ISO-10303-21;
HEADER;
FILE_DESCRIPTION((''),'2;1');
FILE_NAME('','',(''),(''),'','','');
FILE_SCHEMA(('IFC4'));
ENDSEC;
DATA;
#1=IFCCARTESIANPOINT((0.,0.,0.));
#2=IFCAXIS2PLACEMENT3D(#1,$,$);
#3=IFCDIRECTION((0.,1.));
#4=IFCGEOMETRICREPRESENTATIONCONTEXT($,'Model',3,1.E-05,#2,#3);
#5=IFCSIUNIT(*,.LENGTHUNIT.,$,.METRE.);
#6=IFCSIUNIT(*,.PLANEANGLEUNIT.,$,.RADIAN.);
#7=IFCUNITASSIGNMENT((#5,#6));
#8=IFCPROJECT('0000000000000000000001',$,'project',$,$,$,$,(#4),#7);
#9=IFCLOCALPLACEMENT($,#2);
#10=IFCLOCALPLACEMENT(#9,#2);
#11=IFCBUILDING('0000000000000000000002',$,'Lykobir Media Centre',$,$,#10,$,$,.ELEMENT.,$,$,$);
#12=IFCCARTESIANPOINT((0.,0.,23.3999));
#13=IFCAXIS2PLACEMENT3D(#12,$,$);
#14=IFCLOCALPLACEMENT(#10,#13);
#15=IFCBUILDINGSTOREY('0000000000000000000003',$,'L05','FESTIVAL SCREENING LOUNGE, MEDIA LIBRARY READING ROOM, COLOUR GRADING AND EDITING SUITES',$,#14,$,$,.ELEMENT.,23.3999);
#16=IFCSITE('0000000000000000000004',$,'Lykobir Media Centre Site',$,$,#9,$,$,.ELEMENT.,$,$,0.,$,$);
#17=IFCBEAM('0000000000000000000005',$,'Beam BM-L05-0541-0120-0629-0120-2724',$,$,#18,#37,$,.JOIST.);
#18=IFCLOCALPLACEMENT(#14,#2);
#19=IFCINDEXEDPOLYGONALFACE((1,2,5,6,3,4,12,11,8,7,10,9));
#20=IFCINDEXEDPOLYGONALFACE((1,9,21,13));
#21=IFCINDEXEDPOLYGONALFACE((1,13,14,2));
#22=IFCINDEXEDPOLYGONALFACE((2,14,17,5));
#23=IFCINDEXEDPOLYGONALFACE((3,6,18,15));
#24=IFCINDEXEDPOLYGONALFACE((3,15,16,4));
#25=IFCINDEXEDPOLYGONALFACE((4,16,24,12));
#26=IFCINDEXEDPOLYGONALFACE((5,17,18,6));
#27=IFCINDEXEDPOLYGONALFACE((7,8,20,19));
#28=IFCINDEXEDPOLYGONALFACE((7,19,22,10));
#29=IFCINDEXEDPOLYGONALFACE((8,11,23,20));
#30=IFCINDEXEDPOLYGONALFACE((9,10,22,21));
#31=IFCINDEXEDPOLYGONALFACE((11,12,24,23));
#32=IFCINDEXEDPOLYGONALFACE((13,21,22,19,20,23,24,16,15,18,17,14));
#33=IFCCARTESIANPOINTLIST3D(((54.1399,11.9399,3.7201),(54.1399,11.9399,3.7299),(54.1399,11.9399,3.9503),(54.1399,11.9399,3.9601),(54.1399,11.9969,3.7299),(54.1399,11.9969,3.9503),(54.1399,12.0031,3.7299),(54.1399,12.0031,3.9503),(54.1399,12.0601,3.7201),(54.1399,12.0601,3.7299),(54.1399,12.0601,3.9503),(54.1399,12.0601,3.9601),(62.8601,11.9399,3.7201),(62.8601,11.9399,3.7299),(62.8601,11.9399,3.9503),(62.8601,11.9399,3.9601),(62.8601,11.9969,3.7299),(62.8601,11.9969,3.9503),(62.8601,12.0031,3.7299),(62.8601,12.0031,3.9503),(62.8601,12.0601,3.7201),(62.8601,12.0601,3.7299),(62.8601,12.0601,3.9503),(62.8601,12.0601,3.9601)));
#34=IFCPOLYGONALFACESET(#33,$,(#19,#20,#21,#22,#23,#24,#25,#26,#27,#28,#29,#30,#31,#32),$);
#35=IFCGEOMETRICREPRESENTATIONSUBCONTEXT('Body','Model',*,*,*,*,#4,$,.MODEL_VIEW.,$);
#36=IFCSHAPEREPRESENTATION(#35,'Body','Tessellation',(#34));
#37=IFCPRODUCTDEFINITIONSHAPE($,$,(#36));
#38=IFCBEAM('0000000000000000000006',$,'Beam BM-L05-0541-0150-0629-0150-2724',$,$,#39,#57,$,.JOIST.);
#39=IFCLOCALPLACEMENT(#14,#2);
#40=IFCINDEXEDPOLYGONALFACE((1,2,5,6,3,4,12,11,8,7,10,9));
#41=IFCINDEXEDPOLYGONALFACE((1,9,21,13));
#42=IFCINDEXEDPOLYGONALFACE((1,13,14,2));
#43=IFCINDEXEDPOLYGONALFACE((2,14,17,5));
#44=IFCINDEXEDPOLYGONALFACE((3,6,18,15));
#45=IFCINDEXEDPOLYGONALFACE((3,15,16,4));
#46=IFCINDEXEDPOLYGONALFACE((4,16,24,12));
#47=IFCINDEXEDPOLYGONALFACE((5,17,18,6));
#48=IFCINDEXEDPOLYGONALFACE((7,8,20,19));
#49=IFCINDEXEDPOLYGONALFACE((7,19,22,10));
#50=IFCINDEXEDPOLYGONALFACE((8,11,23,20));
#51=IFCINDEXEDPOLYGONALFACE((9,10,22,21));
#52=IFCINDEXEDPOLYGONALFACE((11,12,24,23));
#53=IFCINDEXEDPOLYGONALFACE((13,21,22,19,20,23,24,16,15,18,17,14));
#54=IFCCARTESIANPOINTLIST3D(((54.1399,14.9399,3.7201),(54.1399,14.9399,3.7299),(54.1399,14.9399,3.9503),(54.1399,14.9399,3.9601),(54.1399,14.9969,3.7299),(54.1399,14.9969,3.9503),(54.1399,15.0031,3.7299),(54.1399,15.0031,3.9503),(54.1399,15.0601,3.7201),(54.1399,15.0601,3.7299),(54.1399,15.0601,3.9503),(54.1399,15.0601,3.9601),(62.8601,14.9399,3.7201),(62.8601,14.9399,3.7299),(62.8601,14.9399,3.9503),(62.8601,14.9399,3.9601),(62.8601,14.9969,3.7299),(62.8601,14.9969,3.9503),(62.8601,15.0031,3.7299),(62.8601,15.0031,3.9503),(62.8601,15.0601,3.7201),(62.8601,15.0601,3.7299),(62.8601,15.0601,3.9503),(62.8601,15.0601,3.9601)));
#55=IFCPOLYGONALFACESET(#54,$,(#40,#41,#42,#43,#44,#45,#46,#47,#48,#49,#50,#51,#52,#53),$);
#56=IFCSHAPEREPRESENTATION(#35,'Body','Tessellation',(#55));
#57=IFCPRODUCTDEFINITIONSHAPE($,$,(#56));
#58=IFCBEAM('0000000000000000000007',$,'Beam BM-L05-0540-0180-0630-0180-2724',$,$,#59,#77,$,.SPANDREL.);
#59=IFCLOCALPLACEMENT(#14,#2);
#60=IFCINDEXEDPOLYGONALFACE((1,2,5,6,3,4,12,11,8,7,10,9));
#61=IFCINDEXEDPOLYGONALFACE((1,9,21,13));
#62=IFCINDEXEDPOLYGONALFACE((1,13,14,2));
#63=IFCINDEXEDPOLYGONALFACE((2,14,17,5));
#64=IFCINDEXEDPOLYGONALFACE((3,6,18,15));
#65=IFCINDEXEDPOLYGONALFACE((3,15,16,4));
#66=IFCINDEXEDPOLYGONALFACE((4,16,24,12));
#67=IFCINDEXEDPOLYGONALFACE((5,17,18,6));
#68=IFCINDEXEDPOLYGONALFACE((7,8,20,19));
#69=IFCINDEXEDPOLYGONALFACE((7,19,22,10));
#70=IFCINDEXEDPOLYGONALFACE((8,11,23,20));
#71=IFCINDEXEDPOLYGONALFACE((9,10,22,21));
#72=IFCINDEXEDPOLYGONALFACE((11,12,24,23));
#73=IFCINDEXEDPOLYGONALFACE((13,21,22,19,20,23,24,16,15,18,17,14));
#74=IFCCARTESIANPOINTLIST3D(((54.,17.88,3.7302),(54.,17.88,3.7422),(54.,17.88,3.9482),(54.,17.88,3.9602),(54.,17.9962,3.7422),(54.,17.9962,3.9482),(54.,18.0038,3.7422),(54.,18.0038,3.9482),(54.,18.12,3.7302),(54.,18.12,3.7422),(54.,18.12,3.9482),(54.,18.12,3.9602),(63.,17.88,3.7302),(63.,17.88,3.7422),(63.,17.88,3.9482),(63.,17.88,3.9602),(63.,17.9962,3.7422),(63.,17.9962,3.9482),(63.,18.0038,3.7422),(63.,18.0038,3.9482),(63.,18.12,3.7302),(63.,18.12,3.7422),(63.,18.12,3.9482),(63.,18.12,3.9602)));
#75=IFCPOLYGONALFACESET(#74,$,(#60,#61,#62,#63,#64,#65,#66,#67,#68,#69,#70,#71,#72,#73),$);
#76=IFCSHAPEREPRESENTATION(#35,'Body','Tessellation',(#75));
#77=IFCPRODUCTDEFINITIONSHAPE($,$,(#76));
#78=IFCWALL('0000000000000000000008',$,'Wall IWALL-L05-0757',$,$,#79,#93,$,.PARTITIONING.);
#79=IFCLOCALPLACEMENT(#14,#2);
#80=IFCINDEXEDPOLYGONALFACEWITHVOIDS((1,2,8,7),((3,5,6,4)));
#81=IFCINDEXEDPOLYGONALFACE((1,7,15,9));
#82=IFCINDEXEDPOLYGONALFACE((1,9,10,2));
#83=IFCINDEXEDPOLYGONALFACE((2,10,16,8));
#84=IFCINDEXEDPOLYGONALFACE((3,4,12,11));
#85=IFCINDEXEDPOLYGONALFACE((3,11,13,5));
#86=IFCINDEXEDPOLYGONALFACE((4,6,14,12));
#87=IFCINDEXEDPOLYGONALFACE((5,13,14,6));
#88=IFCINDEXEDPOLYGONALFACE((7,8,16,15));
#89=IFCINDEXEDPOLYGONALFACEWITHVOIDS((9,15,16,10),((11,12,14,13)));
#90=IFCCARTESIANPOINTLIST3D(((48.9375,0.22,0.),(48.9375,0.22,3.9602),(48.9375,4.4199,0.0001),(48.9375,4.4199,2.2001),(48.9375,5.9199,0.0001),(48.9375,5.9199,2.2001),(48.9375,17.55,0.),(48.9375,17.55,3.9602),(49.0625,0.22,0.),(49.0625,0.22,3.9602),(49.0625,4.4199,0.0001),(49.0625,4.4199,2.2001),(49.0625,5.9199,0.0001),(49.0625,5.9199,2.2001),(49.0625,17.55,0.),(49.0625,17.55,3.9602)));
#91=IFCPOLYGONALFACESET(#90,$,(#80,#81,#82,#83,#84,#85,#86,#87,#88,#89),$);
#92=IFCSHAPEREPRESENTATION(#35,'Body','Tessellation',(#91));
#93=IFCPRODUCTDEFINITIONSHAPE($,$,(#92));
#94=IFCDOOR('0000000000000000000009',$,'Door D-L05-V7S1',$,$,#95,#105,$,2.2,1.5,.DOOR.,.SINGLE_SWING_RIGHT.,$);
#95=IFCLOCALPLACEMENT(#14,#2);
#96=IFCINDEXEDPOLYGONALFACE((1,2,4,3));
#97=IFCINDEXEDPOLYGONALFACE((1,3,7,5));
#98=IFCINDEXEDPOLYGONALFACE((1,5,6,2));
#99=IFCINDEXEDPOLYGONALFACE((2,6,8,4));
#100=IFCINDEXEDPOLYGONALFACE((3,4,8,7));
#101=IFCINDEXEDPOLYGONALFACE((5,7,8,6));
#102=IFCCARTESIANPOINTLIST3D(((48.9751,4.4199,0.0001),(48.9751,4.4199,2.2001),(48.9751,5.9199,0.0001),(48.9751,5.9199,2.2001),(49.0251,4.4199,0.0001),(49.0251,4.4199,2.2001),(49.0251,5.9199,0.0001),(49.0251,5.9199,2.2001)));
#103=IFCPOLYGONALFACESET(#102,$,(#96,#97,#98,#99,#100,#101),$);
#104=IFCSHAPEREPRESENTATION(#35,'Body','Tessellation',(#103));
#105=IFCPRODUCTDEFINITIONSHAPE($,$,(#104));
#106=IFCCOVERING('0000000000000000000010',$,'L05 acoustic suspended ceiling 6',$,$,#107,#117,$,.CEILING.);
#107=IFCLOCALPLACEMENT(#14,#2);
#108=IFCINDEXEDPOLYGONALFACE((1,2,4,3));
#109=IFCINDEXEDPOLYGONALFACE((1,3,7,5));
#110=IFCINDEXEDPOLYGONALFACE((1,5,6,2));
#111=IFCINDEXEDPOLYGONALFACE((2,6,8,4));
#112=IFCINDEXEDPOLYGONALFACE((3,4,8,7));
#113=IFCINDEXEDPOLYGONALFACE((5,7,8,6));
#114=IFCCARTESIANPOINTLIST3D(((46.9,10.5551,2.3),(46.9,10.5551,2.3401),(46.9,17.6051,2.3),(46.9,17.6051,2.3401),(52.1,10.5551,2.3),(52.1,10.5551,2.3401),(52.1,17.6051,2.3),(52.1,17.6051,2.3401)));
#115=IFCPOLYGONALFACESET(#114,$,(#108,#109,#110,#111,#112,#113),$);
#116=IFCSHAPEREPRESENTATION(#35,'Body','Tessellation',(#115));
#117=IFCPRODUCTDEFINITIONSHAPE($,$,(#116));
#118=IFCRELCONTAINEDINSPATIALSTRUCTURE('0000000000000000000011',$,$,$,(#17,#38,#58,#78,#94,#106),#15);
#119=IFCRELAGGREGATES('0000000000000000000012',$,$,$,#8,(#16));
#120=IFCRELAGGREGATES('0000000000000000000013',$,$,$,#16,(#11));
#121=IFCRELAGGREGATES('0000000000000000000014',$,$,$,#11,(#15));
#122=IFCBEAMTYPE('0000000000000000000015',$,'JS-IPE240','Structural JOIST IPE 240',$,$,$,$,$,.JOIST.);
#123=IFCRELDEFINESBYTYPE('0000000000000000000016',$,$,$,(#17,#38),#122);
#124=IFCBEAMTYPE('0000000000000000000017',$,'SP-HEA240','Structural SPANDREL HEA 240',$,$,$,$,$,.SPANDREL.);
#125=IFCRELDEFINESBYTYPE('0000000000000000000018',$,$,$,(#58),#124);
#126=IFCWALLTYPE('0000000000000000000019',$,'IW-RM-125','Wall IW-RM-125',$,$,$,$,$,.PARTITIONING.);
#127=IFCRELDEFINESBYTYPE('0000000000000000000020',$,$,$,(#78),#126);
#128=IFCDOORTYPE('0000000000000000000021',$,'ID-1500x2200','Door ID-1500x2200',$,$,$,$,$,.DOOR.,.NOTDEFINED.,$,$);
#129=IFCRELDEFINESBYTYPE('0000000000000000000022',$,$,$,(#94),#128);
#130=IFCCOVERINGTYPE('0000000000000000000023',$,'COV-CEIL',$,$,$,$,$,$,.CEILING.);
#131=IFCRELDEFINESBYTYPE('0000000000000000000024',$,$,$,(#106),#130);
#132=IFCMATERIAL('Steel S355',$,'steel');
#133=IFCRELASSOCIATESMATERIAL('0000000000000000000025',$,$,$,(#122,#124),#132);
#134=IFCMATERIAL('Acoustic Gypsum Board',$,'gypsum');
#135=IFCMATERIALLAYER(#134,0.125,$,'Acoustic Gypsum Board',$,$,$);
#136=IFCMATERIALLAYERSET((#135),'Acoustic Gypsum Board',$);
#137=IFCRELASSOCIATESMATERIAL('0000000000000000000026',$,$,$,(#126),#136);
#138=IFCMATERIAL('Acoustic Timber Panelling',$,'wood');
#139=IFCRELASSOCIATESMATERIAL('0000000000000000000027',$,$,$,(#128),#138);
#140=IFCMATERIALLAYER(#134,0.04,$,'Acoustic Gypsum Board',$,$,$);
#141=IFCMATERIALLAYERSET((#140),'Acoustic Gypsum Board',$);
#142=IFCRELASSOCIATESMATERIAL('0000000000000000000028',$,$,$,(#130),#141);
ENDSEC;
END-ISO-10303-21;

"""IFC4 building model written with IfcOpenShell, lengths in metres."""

from ifc_helpers import new_model, si_unit, direction, frame, frame_2d, origin, origin_2d, place, context, subcontext, project, spatial, rectangle, i_section, extrude, material, layer, layer_set, material_profile, profile_set, type_object, element, fill, save


model = new_model("IFC4")

# Units and contexts
model_context = context("Model", 3, precision=1e-05, world=origin(), true_north=direction((0.0, 1.0)))
body_context = subcontext(model_context, "Body", "Model", "MODEL_VIEW")
ifc_project = project(units=[si_unit("LENGTHUNIT", "METRE"), si_unit("PLANEANGLEUNIT", "RADIAN")], contexts=[model_context])

# Site, building, storey
site_placement = place(None, origin())
site = spatial("IfcSite", under=ifc_project, at=site_placement, Name="Lykobir Media Centre Site", CompositionType="ELEMENT", RefElevation=0.0)
building_placement = place(site_placement, origin())
building = spatial("IfcBuilding", under=site, at=building_placement, Name="Lykobir Media Centre", CompositionType="ELEMENT")
storey_placement = place(building_placement, frame((0.0, 0.0, 23.3999)))
storey = spatial("IfcBuildingStorey", under=building, at=storey_placement, Name="L05", Description="FESTIVAL SCREENING LOUNGE, MEDIA LIBRARY READING ROOM, COLOUR GRADING AND EDITING SUITES", CompositionType="ELEMENT", Elevation=23.3999)

# Shared definitions
ifc_material_1 = material(Name="Steel S355", Category="steel")

# Beams
ifc_material_profile_1 = material_profile(ifc_material_1, i_section(OverallWidth=0.1201, OverallDepth=0.24, WebThickness=0.0061, FlangeThickness=0.0098, at=origin_2d()), Name="IPE 240")
ifc_profile_set_1 = profile_set([ifc_material_profile_1], Name="Steel S355")
beam_type_1 = type_object("IfcBeamType", Name="JS-IPE240", Description="Structural JOIST IPE 240", PredefinedType="JOIST", material=ifc_profile_set_1)
for number, where, z_axis, x_axis, name in (
    (1, (54.1399, 12.0, 3.8401), (1.0, 0.0, 0.0), (0.0, 1.0, 0.0), "Beam BM-L05-0541-0120-0629-0120-2724"),
    (2, (54.1399, 15.0, 3.8401), (1.0, 0.0, 0.0), (0.0, 1.0, 0.0), "Beam BM-L05-0541-0150-0629-0150-2724"),
):
    element("IfcBeam", number, at=place(storey_placement, frame(where, z_axis=z_axis, x_axis=x_axis)), inside=storey, type_object=beam_type_1, Name=name, PredefinedType="JOIST", context=body_context, shape_type="SweptSolid", body=[
        extrude(i_section(OverallWidth=0.1201, OverallDepth=0.24, WebThickness=0.0061, FlangeThickness=0.0098, at=origin_2d()), origin(), (0.0, 0.0, 1.0), 8.7202),
    ])
ifc_material_profile_2 = material_profile(ifc_material_1, i_section(OverallWidth=0.24, OverallDepth=0.23, WebThickness=0.0076, FlangeThickness=0.012, at=origin_2d()), Name="HEA 240")
ifc_profile_set_2 = profile_set([ifc_material_profile_2], Name="Steel S355")
beam_type_2 = type_object("IfcBeamType", Name="SP-HEA240", Description="Structural SPANDREL HEA 240", PredefinedType="SPANDREL", material=ifc_profile_set_2)
beam_1_placement = place(storey_placement, frame((54.0, 18.0, 3.8452), z_axis=(1.0, 0.0, 0.0), x_axis=(0.0, 1.0, 0.0)))
element("IfcBeam", 3, at=beam_1_placement, inside=storey, type_object=beam_type_2, Name="Beam BM-L05-0540-0180-0630-0180-2724", PredefinedType="SPANDREL", context=body_context, shape_type="SweptSolid", body=[
    extrude(i_section(OverallWidth=0.24, OverallDepth=0.23, WebThickness=0.0076, FlangeThickness=0.012, at=origin_2d()), origin(), (0.0, 0.0, 1.0), 9.0),
])

# Wall, opening, door
ifc_material_2 = material(Name="Acoustic Gypsum Board", Category="gypsum")
ifc_layer_1 = layer(ifc_material_2, 0.125, Name="Acoustic Gypsum Board")
ifc_layer_set_1 = layer_set([ifc_layer_1], Name="Acoustic Gypsum Board")
wall_type = type_object("IfcWallType", Name="IW-RM-125", Description="Wall IW-RM-125", PredefinedType="PARTITIONING", material=ifc_layer_set_1)
wall_placement = place(storey_placement, frame((49.0, 0.22, 0.0), z_axis=(0.0, 0.0, 1.0), x_axis=(0.0, 1.0, 0.0)))
wall = element("IfcWall", 4, at=wall_placement, inside=storey, type_object=wall_type, Name="Wall IWALL-L05-0757", PredefinedType="PARTITIONING", context=body_context, shape_type="SweptSolid", body=[
    extrude(rectangle(XDim=17.3301, YDim=0.125, at=frame_2d((8.665, 0.0))), origin(), (0.0, 0.0, 1.0), 3.9602),
])
opening_placement = place(wall_placement, frame((4.2, 0.0, 0.0)))
opening = element("IfcOpeningElement", 5, at=opening_placement, cuts=wall, PredefinedType="OPENING", context=body_context, shape_type="SweptSolid", body=[
    extrude(rectangle(XDim=1.5, YDim=2.2, at=frame_2d((0.75, 1.1001))), frame((0.0, 0.0725, 0.0), z_axis=(0.0, -1.0, 0.0), x_axis=(1.0, 0.0, 0.0)), (0.0, 0.0, 1.0), 0.145),
])
ifc_material_3 = material(Name="Acoustic Timber Panelling", Category="wood")
door_type = type_object("IfcDoorType", Name="ID-1500x2200", Description="Door ID-1500x2200", OperationType="NOTDEFINED", PredefinedType="DOOR", material=ifc_material_3)
door_placement = place(opening_placement, origin())
door = element("IfcDoor", 6, at=door_placement, inside=storey, type_object=door_type, Name="Door D-L05-V7S1", OperationType="SINGLE_SWING_RIGHT", OverallHeight=2.2, OverallWidth=1.5, PredefinedType="DOOR", context=body_context, shape_type="SweptSolid", body=[
    extrude(rectangle(XDim=1.5, YDim=2.2, at=frame_2d((0.75, 1.1001))), frame((0.0, 0.0249, 0.0), z_axis=(0.0, -1.0, 0.0), x_axis=(1.0, 0.0, 0.0)), (0.0, 0.0, 1.0), 0.05),
])
fill(opening, door)

# Covering
ifc_layer_2 = layer(ifc_material_2, 0.04, Name="Acoustic Gypsum Board")
ifc_layer_set_2 = layer_set([ifc_layer_2], Name="Acoustic Gypsum Board")
covering_type = type_object("IfcCoveringType", Name="COV-CEIL", PredefinedType="CEILING", material=ifc_layer_set_2)
covering_placement = place(storey_placement, frame((49.5, 14.0801, 2.3), z_axis=(0.0, 0.0, 1.0), x_axis=(1.0, 0.0, 0.0)))
element("IfcCovering", 7, at=covering_placement, inside=storey, type_object=covering_type, Name="L05 acoustic suspended ceiling 6", PredefinedType="CEILING", context=body_context, shape_type="SweptSolid", body=[
    extrude(rectangle(XDim=5.2, YDim=7.05, at=origin_2d()), origin(), (0.0, 0.0, 1.0), 0.04),
])

save(model, "model.ifc")
